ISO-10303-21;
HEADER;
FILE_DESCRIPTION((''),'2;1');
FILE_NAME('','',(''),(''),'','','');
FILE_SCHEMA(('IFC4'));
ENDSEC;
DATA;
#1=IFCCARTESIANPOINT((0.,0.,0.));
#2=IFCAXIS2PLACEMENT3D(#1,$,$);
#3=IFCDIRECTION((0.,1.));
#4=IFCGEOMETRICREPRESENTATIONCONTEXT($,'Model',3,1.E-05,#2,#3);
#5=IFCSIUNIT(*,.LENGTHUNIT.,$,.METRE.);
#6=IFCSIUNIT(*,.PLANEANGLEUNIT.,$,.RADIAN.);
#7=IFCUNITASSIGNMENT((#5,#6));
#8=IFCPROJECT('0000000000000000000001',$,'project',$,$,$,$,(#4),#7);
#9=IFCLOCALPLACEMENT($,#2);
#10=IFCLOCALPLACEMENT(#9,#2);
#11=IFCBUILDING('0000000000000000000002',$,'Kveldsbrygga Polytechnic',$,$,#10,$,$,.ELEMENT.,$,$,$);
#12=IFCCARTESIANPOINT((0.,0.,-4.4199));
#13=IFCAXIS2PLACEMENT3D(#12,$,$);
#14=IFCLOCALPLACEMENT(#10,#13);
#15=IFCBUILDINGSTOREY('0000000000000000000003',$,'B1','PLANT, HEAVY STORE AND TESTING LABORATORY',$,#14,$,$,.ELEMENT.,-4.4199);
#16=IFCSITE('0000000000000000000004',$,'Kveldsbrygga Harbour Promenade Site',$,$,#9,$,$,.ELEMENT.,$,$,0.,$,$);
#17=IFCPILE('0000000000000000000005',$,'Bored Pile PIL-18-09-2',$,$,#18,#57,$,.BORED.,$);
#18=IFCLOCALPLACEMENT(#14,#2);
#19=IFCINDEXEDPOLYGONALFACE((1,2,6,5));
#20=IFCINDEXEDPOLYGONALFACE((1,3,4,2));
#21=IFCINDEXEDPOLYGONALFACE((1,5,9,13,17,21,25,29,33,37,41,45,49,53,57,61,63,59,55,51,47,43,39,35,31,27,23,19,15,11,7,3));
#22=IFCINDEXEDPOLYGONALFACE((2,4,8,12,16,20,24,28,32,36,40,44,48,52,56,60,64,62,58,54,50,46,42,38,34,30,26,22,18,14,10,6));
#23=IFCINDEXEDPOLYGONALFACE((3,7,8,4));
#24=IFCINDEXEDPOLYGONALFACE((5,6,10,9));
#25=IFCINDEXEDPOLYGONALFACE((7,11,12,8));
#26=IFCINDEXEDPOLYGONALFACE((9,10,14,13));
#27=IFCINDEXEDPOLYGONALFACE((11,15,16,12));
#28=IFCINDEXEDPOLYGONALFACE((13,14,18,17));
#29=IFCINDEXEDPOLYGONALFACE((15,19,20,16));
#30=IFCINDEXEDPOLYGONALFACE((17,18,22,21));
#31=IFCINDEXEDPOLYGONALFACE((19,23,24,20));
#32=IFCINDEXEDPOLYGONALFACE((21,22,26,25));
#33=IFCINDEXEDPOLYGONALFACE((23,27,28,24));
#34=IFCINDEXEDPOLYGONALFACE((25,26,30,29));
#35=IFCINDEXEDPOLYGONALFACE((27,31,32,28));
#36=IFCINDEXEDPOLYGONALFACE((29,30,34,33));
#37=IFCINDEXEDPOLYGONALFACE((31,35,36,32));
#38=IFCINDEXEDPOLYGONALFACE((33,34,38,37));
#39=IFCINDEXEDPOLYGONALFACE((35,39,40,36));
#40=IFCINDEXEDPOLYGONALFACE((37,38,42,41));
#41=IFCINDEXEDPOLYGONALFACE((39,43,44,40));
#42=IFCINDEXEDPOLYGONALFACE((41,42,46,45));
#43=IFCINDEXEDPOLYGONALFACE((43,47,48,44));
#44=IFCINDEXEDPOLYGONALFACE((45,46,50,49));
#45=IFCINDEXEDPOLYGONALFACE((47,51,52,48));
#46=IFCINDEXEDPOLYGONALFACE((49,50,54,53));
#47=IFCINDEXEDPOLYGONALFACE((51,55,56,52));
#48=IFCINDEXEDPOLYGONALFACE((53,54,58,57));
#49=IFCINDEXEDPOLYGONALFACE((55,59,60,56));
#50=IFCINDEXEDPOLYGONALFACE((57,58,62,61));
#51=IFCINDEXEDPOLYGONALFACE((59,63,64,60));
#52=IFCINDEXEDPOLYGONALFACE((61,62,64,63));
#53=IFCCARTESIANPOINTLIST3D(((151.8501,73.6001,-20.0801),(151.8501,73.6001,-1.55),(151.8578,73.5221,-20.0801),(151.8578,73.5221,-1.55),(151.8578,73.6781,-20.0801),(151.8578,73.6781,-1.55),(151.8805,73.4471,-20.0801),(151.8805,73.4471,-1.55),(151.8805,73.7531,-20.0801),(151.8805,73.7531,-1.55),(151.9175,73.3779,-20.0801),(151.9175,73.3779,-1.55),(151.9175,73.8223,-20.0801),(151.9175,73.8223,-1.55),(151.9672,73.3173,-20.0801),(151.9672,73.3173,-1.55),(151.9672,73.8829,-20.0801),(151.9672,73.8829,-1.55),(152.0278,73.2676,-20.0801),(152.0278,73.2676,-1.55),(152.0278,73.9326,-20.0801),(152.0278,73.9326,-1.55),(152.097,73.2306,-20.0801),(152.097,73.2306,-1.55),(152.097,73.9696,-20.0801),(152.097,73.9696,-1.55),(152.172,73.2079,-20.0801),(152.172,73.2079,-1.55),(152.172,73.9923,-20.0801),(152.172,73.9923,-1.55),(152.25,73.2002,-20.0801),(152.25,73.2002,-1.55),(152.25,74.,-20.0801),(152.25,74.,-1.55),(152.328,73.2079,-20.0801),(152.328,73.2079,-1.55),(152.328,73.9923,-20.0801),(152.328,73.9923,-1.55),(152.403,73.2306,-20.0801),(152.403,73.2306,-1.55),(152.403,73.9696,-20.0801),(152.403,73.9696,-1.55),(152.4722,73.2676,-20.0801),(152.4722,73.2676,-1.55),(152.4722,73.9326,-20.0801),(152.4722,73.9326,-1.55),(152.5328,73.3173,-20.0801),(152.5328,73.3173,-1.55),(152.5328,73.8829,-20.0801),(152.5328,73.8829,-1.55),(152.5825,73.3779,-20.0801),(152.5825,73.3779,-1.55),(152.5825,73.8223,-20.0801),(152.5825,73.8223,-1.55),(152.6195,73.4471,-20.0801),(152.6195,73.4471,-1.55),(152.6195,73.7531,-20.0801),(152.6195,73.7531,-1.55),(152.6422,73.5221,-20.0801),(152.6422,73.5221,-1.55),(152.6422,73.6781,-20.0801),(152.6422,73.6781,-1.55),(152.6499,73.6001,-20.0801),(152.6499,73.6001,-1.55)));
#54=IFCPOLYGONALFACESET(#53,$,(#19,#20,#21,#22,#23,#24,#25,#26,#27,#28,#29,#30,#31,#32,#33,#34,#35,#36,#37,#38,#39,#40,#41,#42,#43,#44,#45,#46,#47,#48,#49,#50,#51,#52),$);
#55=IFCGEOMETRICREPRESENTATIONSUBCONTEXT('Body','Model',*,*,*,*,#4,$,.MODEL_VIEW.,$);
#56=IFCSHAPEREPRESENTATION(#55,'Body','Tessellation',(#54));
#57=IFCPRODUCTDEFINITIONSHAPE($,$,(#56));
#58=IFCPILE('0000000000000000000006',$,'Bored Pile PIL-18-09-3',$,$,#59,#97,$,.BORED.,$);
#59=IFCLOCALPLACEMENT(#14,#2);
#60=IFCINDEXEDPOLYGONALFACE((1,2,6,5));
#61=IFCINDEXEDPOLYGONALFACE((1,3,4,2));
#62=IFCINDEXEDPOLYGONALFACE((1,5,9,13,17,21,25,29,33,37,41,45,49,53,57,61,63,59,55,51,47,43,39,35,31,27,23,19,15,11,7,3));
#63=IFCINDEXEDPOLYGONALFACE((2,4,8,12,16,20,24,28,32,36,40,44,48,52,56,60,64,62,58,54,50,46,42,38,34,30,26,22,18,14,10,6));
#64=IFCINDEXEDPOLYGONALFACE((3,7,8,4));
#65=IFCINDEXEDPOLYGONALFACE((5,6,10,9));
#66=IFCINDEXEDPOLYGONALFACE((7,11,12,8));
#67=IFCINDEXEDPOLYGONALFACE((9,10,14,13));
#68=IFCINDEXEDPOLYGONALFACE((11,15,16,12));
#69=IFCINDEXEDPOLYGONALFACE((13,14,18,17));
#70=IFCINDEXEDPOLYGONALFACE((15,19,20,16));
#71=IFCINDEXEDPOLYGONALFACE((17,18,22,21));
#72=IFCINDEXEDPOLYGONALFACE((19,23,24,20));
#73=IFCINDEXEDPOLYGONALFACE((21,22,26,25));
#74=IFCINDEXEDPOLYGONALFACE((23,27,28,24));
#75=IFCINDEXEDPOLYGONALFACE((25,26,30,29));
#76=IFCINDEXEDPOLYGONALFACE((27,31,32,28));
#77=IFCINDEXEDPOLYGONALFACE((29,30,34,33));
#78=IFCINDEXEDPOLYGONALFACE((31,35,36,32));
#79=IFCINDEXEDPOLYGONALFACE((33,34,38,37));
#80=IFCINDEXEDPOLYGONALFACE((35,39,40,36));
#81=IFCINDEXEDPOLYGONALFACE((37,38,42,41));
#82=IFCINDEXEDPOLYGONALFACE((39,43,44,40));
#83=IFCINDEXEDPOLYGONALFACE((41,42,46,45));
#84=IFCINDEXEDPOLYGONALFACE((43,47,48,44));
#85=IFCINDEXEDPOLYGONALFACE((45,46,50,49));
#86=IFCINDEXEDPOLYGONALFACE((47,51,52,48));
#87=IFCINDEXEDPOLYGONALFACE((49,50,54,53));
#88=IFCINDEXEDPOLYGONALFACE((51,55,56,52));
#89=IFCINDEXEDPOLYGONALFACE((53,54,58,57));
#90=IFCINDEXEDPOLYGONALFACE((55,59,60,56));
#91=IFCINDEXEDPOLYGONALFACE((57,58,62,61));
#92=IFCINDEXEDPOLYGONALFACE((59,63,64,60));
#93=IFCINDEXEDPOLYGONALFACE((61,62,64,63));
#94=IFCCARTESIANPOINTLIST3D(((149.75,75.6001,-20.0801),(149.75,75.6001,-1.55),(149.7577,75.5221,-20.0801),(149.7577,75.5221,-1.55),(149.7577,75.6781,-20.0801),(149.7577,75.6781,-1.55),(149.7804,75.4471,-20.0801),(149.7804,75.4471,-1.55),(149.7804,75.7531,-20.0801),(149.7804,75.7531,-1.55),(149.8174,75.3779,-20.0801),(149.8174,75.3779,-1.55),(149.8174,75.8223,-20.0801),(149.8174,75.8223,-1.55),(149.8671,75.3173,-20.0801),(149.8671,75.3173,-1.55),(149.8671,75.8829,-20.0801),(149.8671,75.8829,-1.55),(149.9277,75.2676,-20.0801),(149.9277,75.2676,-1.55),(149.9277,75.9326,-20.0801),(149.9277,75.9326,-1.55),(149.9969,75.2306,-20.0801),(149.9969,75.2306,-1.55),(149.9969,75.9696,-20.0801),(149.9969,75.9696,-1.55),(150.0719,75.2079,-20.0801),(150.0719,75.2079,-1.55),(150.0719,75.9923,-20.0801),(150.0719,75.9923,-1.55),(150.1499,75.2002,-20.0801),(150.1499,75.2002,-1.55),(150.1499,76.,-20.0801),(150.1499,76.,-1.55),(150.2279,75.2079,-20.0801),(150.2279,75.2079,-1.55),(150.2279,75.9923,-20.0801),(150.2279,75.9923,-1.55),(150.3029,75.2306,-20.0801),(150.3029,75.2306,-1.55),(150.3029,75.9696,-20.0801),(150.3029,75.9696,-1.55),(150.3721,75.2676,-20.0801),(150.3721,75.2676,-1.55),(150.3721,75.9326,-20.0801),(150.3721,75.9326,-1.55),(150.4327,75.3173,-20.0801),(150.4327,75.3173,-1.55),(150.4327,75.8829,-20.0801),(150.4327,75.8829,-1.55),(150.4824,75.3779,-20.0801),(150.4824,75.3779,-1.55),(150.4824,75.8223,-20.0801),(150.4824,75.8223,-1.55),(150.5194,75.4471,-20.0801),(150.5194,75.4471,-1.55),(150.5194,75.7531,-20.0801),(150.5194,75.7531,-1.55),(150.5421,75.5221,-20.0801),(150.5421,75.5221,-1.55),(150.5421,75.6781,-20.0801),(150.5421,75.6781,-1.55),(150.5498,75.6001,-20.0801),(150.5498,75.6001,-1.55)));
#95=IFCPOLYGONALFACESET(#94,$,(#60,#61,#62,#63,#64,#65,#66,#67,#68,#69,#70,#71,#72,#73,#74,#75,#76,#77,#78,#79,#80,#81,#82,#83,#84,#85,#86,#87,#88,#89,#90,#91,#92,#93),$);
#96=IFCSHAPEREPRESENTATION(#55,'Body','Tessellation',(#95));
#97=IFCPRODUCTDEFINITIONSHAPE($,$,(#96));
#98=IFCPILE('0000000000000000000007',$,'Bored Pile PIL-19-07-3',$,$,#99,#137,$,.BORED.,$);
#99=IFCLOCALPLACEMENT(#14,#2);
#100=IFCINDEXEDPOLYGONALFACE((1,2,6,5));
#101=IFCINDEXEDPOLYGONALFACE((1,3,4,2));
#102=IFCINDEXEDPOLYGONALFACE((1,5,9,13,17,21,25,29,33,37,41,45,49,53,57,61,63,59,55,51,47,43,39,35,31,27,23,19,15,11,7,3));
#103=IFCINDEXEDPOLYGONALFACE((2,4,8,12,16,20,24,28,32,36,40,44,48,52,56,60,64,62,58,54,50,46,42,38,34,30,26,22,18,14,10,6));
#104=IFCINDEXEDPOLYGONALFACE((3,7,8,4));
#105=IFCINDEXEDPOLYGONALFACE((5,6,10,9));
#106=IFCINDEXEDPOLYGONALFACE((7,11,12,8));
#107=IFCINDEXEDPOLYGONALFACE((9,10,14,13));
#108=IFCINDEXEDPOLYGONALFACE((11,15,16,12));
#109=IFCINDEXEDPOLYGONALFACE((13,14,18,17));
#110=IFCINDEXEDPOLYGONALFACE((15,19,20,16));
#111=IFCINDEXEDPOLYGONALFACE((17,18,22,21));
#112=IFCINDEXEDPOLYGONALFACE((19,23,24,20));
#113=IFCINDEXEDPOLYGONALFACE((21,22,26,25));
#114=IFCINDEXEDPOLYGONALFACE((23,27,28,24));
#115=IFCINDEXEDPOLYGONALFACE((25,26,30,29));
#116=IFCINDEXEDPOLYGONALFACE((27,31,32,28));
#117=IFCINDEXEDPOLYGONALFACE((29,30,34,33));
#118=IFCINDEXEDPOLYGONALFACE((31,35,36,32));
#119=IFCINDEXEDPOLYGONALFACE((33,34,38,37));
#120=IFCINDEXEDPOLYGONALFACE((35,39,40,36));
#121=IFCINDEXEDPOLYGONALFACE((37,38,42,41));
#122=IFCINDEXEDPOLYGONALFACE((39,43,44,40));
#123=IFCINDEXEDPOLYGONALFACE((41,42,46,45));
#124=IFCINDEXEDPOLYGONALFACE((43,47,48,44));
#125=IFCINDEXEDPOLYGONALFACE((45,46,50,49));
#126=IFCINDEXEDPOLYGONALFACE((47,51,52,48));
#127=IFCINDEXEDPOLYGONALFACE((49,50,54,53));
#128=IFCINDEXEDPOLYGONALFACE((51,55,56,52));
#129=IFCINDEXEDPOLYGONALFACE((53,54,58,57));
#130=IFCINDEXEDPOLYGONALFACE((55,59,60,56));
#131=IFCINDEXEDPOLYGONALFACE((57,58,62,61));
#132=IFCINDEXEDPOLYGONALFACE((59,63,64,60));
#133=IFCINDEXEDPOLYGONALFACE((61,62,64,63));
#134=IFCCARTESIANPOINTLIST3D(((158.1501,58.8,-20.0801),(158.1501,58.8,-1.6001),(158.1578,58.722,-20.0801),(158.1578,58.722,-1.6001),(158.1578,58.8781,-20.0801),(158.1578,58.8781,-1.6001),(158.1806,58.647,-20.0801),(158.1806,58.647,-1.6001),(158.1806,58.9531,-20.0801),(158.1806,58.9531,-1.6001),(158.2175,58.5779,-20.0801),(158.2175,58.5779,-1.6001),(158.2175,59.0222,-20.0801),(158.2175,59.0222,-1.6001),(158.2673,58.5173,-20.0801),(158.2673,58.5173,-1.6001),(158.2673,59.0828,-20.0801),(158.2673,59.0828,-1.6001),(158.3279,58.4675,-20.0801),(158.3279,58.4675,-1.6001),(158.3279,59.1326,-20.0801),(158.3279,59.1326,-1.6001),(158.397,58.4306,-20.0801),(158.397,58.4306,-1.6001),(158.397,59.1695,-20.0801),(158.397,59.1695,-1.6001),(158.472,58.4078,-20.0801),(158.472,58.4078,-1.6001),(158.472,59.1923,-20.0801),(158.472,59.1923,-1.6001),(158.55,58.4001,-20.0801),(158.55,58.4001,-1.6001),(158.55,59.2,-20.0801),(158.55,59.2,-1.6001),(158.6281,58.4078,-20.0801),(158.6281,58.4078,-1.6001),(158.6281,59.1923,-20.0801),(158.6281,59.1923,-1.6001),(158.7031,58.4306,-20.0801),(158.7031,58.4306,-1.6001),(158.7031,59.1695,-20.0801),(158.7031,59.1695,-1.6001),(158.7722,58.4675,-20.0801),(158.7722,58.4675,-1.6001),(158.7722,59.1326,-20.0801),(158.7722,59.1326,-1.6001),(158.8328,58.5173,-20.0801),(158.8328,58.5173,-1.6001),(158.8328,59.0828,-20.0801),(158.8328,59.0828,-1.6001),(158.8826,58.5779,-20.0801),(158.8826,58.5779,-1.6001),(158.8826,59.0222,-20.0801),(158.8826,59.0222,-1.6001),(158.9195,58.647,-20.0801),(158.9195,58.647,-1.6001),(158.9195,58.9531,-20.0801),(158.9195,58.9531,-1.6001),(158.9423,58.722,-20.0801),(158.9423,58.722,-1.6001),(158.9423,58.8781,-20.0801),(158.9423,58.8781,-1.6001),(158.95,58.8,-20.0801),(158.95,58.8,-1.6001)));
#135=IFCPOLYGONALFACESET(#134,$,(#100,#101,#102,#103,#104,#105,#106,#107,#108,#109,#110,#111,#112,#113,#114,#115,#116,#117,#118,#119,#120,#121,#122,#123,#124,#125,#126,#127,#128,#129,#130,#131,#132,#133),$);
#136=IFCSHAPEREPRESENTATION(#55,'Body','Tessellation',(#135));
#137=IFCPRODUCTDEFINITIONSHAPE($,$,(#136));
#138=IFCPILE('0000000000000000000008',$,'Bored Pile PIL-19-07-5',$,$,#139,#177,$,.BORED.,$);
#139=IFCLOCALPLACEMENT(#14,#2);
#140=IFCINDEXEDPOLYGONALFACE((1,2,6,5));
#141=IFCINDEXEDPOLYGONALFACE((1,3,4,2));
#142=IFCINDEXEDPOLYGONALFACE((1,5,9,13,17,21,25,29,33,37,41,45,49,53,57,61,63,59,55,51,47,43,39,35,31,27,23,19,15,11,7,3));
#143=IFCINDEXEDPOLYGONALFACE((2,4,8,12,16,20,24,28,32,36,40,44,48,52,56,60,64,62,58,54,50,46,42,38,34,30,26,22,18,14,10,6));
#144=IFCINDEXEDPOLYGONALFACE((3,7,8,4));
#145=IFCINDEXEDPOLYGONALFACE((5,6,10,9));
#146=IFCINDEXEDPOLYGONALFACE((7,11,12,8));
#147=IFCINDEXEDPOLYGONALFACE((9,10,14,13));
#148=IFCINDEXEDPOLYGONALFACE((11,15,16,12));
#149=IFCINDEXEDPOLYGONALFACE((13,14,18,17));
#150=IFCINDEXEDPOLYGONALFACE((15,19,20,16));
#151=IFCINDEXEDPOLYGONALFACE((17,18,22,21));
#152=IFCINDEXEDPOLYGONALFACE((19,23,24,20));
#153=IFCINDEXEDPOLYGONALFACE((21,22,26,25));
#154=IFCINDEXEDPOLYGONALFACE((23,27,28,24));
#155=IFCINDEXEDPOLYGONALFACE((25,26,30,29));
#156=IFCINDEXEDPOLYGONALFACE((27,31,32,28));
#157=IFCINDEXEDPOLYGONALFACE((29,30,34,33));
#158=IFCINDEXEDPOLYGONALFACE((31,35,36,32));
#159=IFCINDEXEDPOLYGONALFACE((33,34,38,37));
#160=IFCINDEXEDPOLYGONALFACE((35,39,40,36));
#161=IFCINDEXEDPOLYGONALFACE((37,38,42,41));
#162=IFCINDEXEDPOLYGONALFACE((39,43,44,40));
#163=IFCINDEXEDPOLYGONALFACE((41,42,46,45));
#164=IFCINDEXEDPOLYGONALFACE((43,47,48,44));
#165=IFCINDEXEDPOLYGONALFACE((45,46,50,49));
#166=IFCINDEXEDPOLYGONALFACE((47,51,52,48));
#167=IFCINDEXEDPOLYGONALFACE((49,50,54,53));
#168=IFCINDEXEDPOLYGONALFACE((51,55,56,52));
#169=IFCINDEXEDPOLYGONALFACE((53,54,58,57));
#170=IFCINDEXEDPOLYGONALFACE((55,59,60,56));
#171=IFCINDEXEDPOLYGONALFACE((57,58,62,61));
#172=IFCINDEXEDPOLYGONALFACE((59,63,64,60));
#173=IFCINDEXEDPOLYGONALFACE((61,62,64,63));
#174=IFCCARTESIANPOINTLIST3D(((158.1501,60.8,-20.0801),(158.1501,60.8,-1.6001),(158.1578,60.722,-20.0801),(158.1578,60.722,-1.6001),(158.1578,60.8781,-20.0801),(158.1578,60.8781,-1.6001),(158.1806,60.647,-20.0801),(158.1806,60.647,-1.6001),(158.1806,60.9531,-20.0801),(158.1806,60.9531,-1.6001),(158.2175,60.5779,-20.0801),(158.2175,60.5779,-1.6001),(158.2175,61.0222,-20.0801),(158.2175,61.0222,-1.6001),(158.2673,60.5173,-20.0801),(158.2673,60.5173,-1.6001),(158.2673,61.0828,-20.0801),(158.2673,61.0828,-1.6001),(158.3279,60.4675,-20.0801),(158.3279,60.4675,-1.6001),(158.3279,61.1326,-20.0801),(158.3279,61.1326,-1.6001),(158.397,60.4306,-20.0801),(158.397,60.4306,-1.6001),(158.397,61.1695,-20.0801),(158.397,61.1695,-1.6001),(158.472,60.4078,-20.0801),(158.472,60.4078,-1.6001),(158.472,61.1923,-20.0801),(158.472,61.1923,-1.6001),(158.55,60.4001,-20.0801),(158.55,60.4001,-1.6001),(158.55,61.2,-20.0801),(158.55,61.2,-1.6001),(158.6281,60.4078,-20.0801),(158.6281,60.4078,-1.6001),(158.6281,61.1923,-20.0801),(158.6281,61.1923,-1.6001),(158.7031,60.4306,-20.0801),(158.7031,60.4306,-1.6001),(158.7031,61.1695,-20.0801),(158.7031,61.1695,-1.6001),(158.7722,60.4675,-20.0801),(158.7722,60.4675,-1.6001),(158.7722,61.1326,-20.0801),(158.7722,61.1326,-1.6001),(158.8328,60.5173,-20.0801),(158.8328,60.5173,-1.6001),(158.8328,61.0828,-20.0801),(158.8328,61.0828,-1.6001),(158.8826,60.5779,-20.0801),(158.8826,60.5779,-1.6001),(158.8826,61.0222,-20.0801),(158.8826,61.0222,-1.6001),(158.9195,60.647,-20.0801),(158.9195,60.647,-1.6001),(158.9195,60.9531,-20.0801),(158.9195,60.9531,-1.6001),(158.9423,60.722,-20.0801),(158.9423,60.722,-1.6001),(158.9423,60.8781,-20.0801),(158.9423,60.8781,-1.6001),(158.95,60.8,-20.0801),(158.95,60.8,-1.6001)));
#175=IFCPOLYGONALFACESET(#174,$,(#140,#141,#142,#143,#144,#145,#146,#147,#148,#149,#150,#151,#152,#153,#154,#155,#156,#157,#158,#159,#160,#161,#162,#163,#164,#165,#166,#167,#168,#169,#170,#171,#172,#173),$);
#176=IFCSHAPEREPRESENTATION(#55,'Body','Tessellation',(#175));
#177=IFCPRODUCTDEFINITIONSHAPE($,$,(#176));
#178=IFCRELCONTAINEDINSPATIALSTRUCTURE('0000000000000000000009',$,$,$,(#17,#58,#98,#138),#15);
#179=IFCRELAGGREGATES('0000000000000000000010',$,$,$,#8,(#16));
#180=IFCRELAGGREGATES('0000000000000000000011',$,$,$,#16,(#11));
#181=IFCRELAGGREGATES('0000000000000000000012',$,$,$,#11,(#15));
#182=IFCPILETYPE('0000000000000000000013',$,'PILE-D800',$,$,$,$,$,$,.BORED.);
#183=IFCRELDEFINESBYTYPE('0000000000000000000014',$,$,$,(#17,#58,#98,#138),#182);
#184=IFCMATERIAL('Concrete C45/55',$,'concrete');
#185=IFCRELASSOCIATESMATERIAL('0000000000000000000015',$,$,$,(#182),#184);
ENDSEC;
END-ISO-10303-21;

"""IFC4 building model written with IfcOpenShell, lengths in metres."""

from ifc_helpers import new_model, si_unit, direction, frame, origin, origin_2d, place, context, subcontext, project, spatial, circle, extrude, material, material_profile, profile_set, type_object, element, save


model = new_model("IFC4")

# Units and contexts
model_context = context("Model", 3, precision=1e-05, world=origin(), true_north=direction((0.0, 1.0)))
body_context = subcontext(model_context, "Body", "Model", "MODEL_VIEW")
ifc_project = project(units=[si_unit("LENGTHUNIT", "METRE"), si_unit("PLANEANGLEUNIT", "RADIAN")], contexts=[model_context])

# Site, building, storey
site_placement = place(None, origin())
site = spatial("IfcSite", under=ifc_project, at=site_placement, Name="Kveldsbrygga Harbour Promenade Site", CompositionType="ELEMENT", RefElevation=0.0)
building_placement = place(site_placement, origin())
building = spatial("IfcBuilding", under=site, at=building_placement, Name="Kveldsbrygga Polytechnic", CompositionType="ELEMENT")
storey_placement = place(building_placement, frame((0.0, 0.0, -4.4199)))
storey = spatial("IfcBuildingStorey", under=building, at=storey_placement, Name="B1", Description="PLANT, HEAVY STORE AND TESTING LABORATORY", CompositionType="ELEMENT", Elevation=-4.4199)

# Shared definitions
ifc_material_1 = material(Name="Concrete C45/55", Category="concrete")

# Piles
ifc_material_profile_1 = material_profile(ifc_material_1, circle(Radius=0.3999, at=origin_2d()), Name="PILE D800")
ifc_profile_set_1 = profile_set([ifc_material_profile_1], Name="Concrete C45/55")
pile_type = type_object("IfcPileType", Name="PILE-D800", PredefinedType="BORED", material=ifc_profile_set_1)
for number, where, z_axis, x_axis, name in (
    (1, (152.25, 73.6001, -1.55), (0.0, 0.0, -1.0), (1.0, 0.0, 0.0), "Bored Pile PIL-18-09-2"),
    (2, (150.1499, 75.6001, -1.55), (0.0, 0.0, -1.0), (1.0, 0.0, 0.0), "Bored Pile PIL-18-09-3"),
):
    element("IfcPile", number, at=place(storey_placement, frame(where, z_axis=z_axis, x_axis=x_axis)), inside=storey, type_object=pile_type, Name=name, PredefinedType="BORED", context=body_context, shape_type="SweptSolid", body=[
        extrude(circle(Radius=0.3999, at=origin_2d()), origin(), (0.0, 0.0, 1.0), 18.53),
    ])
for number, where, z_axis, x_axis, name in (
    (3, (158.55, 58.8, -1.6001), (0.0, 0.0, -1.0), (1.0, 0.0, 0.0), "Bored Pile PIL-19-07-3"),
    (4, (158.55, 60.8, -1.6001), (0.0, 0.0, -1.0), (1.0, 0.0, 0.0), "Bored Pile PIL-19-07-5"),
):
    element("IfcPile", number, at=place(storey_placement, frame(where, z_axis=z_axis, x_axis=x_axis)), inside=storey, type_object=pile_type, Name=name, PredefinedType="BORED", context=body_context, shape_type="SweptSolid", body=[
        extrude(circle(Radius=0.3999, at=origin_2d()), origin(), (0.0, 0.0, 1.0), 18.48),
    ])

save(model, "model.ifc")
